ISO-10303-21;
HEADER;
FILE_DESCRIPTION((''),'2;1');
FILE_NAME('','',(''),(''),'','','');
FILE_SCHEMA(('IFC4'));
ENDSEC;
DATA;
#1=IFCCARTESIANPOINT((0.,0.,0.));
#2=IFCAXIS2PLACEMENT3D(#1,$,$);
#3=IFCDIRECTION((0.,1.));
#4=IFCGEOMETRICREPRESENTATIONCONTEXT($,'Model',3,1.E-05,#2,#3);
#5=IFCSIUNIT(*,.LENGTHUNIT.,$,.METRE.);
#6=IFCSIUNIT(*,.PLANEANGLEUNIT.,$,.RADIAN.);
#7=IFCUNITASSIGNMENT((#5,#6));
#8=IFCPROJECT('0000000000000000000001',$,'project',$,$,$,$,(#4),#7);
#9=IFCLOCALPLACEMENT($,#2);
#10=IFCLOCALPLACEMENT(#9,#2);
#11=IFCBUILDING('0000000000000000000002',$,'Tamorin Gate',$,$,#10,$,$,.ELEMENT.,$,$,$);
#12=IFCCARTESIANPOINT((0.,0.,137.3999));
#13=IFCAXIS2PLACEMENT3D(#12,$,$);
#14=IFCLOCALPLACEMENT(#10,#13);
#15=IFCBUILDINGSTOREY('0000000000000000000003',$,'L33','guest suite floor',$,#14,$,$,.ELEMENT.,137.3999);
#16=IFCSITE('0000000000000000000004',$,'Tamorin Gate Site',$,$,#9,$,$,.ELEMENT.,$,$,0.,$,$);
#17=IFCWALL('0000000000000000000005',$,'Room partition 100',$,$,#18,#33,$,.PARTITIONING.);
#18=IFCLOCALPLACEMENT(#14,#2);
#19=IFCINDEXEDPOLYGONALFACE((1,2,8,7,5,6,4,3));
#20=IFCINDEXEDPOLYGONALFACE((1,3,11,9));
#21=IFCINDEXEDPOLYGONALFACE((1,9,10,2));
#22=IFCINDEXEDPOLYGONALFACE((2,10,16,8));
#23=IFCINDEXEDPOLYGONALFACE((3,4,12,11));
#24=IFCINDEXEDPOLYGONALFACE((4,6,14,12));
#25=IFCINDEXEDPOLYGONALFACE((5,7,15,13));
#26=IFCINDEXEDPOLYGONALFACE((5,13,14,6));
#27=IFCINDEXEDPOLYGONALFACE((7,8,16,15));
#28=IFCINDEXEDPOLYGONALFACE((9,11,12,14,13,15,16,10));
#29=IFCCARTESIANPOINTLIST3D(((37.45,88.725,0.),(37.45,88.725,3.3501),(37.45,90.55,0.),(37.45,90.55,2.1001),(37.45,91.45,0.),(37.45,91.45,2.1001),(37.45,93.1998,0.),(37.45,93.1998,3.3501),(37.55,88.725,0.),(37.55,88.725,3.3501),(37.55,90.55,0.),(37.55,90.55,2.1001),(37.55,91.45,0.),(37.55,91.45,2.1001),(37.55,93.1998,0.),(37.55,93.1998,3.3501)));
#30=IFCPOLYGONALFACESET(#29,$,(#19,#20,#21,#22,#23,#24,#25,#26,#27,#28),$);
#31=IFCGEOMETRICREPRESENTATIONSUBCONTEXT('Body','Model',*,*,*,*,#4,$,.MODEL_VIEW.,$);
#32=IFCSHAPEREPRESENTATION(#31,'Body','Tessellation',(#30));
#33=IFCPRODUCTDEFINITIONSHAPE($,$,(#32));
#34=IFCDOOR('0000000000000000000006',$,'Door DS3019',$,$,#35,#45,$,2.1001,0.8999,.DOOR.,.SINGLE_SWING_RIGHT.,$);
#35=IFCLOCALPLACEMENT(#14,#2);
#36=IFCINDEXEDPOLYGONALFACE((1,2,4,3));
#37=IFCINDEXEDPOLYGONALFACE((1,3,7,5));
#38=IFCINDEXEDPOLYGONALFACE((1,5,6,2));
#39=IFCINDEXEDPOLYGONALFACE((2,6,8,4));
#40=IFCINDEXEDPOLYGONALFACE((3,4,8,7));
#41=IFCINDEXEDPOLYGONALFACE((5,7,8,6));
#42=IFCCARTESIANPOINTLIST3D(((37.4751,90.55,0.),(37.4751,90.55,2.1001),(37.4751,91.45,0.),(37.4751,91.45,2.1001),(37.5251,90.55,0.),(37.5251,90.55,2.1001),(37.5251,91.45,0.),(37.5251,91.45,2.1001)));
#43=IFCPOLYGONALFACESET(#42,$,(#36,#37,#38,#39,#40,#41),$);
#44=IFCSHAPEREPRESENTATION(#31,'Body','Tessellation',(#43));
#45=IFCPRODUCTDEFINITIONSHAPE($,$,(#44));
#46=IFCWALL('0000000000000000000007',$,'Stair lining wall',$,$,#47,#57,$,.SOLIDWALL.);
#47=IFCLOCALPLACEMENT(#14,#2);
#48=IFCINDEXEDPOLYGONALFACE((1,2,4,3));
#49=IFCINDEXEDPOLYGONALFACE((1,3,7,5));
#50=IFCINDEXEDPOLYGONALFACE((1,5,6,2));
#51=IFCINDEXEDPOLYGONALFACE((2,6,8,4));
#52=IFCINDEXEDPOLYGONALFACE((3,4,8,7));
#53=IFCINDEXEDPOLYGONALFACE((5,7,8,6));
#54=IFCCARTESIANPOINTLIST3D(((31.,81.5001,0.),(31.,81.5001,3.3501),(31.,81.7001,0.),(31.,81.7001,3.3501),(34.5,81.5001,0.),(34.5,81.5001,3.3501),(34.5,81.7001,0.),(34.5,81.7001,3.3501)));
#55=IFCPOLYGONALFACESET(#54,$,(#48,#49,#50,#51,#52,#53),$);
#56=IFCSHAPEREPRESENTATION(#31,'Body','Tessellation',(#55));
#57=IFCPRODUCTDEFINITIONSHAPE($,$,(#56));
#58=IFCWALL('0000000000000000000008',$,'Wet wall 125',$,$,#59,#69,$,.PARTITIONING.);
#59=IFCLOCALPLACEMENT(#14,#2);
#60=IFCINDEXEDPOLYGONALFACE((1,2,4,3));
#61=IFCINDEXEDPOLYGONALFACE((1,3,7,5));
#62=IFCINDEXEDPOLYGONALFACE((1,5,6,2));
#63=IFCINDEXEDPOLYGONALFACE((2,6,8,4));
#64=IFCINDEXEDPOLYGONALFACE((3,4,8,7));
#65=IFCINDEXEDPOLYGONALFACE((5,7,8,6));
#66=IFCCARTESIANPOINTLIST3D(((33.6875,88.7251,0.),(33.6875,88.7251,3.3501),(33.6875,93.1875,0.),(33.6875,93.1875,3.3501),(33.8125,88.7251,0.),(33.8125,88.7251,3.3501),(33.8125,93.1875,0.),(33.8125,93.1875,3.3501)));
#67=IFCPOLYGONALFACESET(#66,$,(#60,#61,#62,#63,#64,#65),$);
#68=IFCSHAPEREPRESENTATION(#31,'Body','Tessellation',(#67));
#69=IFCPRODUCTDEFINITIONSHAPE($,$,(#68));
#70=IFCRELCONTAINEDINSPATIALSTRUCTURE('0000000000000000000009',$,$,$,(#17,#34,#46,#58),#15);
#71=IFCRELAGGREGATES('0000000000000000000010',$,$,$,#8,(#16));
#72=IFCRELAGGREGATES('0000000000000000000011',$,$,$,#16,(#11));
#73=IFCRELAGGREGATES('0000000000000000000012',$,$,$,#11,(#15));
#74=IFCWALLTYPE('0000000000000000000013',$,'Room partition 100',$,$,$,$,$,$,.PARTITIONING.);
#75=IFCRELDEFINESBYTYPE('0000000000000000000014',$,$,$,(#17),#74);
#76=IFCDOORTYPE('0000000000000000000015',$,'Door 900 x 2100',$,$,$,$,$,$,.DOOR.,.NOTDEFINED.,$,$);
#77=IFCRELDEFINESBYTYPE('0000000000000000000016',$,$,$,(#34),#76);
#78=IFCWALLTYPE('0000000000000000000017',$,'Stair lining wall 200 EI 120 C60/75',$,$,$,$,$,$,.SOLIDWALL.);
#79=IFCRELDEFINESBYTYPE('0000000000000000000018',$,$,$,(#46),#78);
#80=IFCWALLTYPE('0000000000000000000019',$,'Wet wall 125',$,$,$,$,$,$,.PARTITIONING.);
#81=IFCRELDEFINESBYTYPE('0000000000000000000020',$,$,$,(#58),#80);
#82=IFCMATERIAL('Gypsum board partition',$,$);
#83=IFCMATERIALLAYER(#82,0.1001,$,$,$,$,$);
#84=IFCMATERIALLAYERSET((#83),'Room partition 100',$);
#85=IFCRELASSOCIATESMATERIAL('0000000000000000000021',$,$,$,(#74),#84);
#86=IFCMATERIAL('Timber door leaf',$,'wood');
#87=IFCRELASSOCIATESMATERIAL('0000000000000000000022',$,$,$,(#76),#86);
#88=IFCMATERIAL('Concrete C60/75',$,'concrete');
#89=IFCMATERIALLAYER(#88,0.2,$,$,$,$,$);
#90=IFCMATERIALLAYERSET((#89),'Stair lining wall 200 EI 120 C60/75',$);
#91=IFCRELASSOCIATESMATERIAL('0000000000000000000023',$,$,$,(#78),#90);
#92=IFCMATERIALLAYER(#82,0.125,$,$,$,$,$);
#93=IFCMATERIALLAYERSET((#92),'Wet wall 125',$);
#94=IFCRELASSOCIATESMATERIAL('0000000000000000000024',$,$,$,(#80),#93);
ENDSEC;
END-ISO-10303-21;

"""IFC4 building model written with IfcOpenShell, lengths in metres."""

from ifc_helpers import new_model, si_unit, direction, frame, frame_2d, origin, place, context, subcontext, project, spatial, rectangle, extrude, material, layer, layer_set, type_object, element, fill, save


model = new_model("IFC4")

# Units and contexts
model_context = context("Model", 3, precision=1e-05, world=origin(), true_north=direction((0.0, 1.0)))
body_context = subcontext(model_context, "Body", "Model", "MODEL_VIEW")
ifc_project = project(units=[si_unit("LENGTHUNIT", "METRE"), si_unit("PLANEANGLEUNIT", "RADIAN")], contexts=[model_context])

# Site, building, storey
site_placement = place(None, origin())
site = spatial("IfcSite", under=ifc_project, at=site_placement, Name="Tamorin Gate Site", CompositionType="ELEMENT", RefElevation=0.0)
building_placement = place(site_placement, origin())
building = spatial("IfcBuilding", under=site, at=building_placement, Name="Tamorin Gate", CompositionType="ELEMENT")
storey_placement = place(building_placement, frame((0.0, 0.0, 137.3999)))
storey = spatial("IfcBuildingStorey", under=building, at=storey_placement, Name="L33", Description="guest suite floor", CompositionType="ELEMENT", Elevation=137.3999)

# Shared definitions
ifc_material_1 = material(Name="Gypsum board partition")
ifc_material_2 = material(Name="Timber door leaf", Category="wood")

# Shared definitions
ifc_material_3 = material(Name="Concrete C60/75", Category="concrete")

# Wall, opening, door
ifc_layer_1 = layer(ifc_material_1, 0.1001)
ifc_layer_set_1 = layer_set([ifc_layer_1], Name="Room partition 100")
wall_type_1 = type_object("IfcWallType", Name="Room partition 100", PredefinedType="PARTITIONING", material=ifc_layer_set_1)
wall_1_placement = place(storey_placement, frame((37.5, 88.7251, 0.0), z_axis=(0.0, 0.0, 1.0), x_axis=(0.0, 1.0, 0.0)))
wall_1 = element("IfcWall", 1, at=wall_1_placement, inside=storey, type_object=wall_type_1, Name="Room partition 100", PredefinedType="PARTITIONING", context=body_context, shape_type="SweptSolid", body=[
    extrude(rectangle(XDim=4.4749, YDim=0.1001, at=frame_2d((2.2373, 0.0))), origin(), (0.0, 0.0, 1.0), 3.3501),
])
opening_1_placement = place(wall_1_placement, frame((1.825, 0.0, 0.0)))
opening_1 = element("IfcOpeningElement", 2, at=opening_1_placement, cuts=wall_1, PredefinedType="OPENING", context=body_context, shape_type="SweptSolid", body=[
    extrude(rectangle(XDim=0.8999, YDim=2.1001, at=frame_2d((0.45, 1.05))), frame((0.0, 0.0601, 0.0), z_axis=(0.0, -1.0, 0.0), x_axis=(1.0, 0.0, 0.0)), (0.0, 0.0, 1.0), 0.1201),
])
door_type_1 = type_object("IfcDoorType", Name="Door 900 x 2100", OperationType="NOTDEFINED", PredefinedType="DOOR", material=ifc_material_2)
door_1_placement = place(opening_1_placement, origin())
door_1 = element("IfcDoor", 3, at=door_1_placement, inside=storey, type_object=door_type_1, Name="Door DS3019", OperationType="SINGLE_SWING_RIGHT", OverallHeight=2.1001, OverallWidth=0.8999, PredefinedType="DOOR", context=body_context, shape_type="SweptSolid", body=[
    extrude(rectangle(XDim=0.8999, YDim=2.1001, at=frame_2d((0.45, 1.05))), frame((0.0, 0.0249, 0.0), z_axis=(0.0, -1.0, 0.0), x_axis=(1.0, 0.0, 0.0)), (0.0, 0.0, 1.0), 0.05),
])
fill(opening_1, door_1)

# Walls
ifc_layer_2 = layer(ifc_material_3, 0.2)
ifc_layer_set_2 = layer_set([ifc_layer_2], Name="Stair lining wall 200 EI 120 C60/75")
wall_type_2 = type_object("IfcWallType", Name="Stair lining wall 200 EI 120 C60/75", PredefinedType="SOLIDWALL", material=ifc_layer_set_2)
wall_2_placement = place(storey_placement, frame((31.0, 81.6001, 0.0), z_axis=(0.0, 0.0, 1.0), x_axis=(1.0, 0.0, 0.0)))
element("IfcWall", 4, at=wall_2_placement, inside=storey, type_object=wall_type_2, Name="Stair lining wall", PredefinedType="SOLIDWALL", context=body_context, shape_type="SweptSolid", body=[
    extrude(rectangle(XDim=3.5, YDim=0.2, at=frame_2d((1.75, 0.0))), origin(), (0.0, 0.0, 1.0), 3.3501),
])
ifc_layer_3 = layer(ifc_material_1, 0.125)
ifc_layer_set_3 = layer_set([ifc_layer_3], Name="Wet wall 125")
wall_type_3 = type_object("IfcWallType", Name="Wet wall 125", PredefinedType="PARTITIONING", material=ifc_layer_set_3)
wall_3_placement = place(storey_placement, frame((33.75, 88.7251, 0.0), z_axis=(0.0, 0.0, 1.0), x_axis=(0.0, 1.0, 0.0)))
element("IfcWall", 5, at=wall_3_placement, inside=storey, type_object=wall_type_3, Name="Wet wall 125", PredefinedType="PARTITIONING", context=body_context, shape_type="SweptSolid", body=[
    extrude(rectangle(XDim=4.4624, YDim=0.125, at=frame_2d((2.2312, 0.0))), origin(), (0.0, 0.0, 1.0), 3.3501),
])

save(model, "model.ifc")
